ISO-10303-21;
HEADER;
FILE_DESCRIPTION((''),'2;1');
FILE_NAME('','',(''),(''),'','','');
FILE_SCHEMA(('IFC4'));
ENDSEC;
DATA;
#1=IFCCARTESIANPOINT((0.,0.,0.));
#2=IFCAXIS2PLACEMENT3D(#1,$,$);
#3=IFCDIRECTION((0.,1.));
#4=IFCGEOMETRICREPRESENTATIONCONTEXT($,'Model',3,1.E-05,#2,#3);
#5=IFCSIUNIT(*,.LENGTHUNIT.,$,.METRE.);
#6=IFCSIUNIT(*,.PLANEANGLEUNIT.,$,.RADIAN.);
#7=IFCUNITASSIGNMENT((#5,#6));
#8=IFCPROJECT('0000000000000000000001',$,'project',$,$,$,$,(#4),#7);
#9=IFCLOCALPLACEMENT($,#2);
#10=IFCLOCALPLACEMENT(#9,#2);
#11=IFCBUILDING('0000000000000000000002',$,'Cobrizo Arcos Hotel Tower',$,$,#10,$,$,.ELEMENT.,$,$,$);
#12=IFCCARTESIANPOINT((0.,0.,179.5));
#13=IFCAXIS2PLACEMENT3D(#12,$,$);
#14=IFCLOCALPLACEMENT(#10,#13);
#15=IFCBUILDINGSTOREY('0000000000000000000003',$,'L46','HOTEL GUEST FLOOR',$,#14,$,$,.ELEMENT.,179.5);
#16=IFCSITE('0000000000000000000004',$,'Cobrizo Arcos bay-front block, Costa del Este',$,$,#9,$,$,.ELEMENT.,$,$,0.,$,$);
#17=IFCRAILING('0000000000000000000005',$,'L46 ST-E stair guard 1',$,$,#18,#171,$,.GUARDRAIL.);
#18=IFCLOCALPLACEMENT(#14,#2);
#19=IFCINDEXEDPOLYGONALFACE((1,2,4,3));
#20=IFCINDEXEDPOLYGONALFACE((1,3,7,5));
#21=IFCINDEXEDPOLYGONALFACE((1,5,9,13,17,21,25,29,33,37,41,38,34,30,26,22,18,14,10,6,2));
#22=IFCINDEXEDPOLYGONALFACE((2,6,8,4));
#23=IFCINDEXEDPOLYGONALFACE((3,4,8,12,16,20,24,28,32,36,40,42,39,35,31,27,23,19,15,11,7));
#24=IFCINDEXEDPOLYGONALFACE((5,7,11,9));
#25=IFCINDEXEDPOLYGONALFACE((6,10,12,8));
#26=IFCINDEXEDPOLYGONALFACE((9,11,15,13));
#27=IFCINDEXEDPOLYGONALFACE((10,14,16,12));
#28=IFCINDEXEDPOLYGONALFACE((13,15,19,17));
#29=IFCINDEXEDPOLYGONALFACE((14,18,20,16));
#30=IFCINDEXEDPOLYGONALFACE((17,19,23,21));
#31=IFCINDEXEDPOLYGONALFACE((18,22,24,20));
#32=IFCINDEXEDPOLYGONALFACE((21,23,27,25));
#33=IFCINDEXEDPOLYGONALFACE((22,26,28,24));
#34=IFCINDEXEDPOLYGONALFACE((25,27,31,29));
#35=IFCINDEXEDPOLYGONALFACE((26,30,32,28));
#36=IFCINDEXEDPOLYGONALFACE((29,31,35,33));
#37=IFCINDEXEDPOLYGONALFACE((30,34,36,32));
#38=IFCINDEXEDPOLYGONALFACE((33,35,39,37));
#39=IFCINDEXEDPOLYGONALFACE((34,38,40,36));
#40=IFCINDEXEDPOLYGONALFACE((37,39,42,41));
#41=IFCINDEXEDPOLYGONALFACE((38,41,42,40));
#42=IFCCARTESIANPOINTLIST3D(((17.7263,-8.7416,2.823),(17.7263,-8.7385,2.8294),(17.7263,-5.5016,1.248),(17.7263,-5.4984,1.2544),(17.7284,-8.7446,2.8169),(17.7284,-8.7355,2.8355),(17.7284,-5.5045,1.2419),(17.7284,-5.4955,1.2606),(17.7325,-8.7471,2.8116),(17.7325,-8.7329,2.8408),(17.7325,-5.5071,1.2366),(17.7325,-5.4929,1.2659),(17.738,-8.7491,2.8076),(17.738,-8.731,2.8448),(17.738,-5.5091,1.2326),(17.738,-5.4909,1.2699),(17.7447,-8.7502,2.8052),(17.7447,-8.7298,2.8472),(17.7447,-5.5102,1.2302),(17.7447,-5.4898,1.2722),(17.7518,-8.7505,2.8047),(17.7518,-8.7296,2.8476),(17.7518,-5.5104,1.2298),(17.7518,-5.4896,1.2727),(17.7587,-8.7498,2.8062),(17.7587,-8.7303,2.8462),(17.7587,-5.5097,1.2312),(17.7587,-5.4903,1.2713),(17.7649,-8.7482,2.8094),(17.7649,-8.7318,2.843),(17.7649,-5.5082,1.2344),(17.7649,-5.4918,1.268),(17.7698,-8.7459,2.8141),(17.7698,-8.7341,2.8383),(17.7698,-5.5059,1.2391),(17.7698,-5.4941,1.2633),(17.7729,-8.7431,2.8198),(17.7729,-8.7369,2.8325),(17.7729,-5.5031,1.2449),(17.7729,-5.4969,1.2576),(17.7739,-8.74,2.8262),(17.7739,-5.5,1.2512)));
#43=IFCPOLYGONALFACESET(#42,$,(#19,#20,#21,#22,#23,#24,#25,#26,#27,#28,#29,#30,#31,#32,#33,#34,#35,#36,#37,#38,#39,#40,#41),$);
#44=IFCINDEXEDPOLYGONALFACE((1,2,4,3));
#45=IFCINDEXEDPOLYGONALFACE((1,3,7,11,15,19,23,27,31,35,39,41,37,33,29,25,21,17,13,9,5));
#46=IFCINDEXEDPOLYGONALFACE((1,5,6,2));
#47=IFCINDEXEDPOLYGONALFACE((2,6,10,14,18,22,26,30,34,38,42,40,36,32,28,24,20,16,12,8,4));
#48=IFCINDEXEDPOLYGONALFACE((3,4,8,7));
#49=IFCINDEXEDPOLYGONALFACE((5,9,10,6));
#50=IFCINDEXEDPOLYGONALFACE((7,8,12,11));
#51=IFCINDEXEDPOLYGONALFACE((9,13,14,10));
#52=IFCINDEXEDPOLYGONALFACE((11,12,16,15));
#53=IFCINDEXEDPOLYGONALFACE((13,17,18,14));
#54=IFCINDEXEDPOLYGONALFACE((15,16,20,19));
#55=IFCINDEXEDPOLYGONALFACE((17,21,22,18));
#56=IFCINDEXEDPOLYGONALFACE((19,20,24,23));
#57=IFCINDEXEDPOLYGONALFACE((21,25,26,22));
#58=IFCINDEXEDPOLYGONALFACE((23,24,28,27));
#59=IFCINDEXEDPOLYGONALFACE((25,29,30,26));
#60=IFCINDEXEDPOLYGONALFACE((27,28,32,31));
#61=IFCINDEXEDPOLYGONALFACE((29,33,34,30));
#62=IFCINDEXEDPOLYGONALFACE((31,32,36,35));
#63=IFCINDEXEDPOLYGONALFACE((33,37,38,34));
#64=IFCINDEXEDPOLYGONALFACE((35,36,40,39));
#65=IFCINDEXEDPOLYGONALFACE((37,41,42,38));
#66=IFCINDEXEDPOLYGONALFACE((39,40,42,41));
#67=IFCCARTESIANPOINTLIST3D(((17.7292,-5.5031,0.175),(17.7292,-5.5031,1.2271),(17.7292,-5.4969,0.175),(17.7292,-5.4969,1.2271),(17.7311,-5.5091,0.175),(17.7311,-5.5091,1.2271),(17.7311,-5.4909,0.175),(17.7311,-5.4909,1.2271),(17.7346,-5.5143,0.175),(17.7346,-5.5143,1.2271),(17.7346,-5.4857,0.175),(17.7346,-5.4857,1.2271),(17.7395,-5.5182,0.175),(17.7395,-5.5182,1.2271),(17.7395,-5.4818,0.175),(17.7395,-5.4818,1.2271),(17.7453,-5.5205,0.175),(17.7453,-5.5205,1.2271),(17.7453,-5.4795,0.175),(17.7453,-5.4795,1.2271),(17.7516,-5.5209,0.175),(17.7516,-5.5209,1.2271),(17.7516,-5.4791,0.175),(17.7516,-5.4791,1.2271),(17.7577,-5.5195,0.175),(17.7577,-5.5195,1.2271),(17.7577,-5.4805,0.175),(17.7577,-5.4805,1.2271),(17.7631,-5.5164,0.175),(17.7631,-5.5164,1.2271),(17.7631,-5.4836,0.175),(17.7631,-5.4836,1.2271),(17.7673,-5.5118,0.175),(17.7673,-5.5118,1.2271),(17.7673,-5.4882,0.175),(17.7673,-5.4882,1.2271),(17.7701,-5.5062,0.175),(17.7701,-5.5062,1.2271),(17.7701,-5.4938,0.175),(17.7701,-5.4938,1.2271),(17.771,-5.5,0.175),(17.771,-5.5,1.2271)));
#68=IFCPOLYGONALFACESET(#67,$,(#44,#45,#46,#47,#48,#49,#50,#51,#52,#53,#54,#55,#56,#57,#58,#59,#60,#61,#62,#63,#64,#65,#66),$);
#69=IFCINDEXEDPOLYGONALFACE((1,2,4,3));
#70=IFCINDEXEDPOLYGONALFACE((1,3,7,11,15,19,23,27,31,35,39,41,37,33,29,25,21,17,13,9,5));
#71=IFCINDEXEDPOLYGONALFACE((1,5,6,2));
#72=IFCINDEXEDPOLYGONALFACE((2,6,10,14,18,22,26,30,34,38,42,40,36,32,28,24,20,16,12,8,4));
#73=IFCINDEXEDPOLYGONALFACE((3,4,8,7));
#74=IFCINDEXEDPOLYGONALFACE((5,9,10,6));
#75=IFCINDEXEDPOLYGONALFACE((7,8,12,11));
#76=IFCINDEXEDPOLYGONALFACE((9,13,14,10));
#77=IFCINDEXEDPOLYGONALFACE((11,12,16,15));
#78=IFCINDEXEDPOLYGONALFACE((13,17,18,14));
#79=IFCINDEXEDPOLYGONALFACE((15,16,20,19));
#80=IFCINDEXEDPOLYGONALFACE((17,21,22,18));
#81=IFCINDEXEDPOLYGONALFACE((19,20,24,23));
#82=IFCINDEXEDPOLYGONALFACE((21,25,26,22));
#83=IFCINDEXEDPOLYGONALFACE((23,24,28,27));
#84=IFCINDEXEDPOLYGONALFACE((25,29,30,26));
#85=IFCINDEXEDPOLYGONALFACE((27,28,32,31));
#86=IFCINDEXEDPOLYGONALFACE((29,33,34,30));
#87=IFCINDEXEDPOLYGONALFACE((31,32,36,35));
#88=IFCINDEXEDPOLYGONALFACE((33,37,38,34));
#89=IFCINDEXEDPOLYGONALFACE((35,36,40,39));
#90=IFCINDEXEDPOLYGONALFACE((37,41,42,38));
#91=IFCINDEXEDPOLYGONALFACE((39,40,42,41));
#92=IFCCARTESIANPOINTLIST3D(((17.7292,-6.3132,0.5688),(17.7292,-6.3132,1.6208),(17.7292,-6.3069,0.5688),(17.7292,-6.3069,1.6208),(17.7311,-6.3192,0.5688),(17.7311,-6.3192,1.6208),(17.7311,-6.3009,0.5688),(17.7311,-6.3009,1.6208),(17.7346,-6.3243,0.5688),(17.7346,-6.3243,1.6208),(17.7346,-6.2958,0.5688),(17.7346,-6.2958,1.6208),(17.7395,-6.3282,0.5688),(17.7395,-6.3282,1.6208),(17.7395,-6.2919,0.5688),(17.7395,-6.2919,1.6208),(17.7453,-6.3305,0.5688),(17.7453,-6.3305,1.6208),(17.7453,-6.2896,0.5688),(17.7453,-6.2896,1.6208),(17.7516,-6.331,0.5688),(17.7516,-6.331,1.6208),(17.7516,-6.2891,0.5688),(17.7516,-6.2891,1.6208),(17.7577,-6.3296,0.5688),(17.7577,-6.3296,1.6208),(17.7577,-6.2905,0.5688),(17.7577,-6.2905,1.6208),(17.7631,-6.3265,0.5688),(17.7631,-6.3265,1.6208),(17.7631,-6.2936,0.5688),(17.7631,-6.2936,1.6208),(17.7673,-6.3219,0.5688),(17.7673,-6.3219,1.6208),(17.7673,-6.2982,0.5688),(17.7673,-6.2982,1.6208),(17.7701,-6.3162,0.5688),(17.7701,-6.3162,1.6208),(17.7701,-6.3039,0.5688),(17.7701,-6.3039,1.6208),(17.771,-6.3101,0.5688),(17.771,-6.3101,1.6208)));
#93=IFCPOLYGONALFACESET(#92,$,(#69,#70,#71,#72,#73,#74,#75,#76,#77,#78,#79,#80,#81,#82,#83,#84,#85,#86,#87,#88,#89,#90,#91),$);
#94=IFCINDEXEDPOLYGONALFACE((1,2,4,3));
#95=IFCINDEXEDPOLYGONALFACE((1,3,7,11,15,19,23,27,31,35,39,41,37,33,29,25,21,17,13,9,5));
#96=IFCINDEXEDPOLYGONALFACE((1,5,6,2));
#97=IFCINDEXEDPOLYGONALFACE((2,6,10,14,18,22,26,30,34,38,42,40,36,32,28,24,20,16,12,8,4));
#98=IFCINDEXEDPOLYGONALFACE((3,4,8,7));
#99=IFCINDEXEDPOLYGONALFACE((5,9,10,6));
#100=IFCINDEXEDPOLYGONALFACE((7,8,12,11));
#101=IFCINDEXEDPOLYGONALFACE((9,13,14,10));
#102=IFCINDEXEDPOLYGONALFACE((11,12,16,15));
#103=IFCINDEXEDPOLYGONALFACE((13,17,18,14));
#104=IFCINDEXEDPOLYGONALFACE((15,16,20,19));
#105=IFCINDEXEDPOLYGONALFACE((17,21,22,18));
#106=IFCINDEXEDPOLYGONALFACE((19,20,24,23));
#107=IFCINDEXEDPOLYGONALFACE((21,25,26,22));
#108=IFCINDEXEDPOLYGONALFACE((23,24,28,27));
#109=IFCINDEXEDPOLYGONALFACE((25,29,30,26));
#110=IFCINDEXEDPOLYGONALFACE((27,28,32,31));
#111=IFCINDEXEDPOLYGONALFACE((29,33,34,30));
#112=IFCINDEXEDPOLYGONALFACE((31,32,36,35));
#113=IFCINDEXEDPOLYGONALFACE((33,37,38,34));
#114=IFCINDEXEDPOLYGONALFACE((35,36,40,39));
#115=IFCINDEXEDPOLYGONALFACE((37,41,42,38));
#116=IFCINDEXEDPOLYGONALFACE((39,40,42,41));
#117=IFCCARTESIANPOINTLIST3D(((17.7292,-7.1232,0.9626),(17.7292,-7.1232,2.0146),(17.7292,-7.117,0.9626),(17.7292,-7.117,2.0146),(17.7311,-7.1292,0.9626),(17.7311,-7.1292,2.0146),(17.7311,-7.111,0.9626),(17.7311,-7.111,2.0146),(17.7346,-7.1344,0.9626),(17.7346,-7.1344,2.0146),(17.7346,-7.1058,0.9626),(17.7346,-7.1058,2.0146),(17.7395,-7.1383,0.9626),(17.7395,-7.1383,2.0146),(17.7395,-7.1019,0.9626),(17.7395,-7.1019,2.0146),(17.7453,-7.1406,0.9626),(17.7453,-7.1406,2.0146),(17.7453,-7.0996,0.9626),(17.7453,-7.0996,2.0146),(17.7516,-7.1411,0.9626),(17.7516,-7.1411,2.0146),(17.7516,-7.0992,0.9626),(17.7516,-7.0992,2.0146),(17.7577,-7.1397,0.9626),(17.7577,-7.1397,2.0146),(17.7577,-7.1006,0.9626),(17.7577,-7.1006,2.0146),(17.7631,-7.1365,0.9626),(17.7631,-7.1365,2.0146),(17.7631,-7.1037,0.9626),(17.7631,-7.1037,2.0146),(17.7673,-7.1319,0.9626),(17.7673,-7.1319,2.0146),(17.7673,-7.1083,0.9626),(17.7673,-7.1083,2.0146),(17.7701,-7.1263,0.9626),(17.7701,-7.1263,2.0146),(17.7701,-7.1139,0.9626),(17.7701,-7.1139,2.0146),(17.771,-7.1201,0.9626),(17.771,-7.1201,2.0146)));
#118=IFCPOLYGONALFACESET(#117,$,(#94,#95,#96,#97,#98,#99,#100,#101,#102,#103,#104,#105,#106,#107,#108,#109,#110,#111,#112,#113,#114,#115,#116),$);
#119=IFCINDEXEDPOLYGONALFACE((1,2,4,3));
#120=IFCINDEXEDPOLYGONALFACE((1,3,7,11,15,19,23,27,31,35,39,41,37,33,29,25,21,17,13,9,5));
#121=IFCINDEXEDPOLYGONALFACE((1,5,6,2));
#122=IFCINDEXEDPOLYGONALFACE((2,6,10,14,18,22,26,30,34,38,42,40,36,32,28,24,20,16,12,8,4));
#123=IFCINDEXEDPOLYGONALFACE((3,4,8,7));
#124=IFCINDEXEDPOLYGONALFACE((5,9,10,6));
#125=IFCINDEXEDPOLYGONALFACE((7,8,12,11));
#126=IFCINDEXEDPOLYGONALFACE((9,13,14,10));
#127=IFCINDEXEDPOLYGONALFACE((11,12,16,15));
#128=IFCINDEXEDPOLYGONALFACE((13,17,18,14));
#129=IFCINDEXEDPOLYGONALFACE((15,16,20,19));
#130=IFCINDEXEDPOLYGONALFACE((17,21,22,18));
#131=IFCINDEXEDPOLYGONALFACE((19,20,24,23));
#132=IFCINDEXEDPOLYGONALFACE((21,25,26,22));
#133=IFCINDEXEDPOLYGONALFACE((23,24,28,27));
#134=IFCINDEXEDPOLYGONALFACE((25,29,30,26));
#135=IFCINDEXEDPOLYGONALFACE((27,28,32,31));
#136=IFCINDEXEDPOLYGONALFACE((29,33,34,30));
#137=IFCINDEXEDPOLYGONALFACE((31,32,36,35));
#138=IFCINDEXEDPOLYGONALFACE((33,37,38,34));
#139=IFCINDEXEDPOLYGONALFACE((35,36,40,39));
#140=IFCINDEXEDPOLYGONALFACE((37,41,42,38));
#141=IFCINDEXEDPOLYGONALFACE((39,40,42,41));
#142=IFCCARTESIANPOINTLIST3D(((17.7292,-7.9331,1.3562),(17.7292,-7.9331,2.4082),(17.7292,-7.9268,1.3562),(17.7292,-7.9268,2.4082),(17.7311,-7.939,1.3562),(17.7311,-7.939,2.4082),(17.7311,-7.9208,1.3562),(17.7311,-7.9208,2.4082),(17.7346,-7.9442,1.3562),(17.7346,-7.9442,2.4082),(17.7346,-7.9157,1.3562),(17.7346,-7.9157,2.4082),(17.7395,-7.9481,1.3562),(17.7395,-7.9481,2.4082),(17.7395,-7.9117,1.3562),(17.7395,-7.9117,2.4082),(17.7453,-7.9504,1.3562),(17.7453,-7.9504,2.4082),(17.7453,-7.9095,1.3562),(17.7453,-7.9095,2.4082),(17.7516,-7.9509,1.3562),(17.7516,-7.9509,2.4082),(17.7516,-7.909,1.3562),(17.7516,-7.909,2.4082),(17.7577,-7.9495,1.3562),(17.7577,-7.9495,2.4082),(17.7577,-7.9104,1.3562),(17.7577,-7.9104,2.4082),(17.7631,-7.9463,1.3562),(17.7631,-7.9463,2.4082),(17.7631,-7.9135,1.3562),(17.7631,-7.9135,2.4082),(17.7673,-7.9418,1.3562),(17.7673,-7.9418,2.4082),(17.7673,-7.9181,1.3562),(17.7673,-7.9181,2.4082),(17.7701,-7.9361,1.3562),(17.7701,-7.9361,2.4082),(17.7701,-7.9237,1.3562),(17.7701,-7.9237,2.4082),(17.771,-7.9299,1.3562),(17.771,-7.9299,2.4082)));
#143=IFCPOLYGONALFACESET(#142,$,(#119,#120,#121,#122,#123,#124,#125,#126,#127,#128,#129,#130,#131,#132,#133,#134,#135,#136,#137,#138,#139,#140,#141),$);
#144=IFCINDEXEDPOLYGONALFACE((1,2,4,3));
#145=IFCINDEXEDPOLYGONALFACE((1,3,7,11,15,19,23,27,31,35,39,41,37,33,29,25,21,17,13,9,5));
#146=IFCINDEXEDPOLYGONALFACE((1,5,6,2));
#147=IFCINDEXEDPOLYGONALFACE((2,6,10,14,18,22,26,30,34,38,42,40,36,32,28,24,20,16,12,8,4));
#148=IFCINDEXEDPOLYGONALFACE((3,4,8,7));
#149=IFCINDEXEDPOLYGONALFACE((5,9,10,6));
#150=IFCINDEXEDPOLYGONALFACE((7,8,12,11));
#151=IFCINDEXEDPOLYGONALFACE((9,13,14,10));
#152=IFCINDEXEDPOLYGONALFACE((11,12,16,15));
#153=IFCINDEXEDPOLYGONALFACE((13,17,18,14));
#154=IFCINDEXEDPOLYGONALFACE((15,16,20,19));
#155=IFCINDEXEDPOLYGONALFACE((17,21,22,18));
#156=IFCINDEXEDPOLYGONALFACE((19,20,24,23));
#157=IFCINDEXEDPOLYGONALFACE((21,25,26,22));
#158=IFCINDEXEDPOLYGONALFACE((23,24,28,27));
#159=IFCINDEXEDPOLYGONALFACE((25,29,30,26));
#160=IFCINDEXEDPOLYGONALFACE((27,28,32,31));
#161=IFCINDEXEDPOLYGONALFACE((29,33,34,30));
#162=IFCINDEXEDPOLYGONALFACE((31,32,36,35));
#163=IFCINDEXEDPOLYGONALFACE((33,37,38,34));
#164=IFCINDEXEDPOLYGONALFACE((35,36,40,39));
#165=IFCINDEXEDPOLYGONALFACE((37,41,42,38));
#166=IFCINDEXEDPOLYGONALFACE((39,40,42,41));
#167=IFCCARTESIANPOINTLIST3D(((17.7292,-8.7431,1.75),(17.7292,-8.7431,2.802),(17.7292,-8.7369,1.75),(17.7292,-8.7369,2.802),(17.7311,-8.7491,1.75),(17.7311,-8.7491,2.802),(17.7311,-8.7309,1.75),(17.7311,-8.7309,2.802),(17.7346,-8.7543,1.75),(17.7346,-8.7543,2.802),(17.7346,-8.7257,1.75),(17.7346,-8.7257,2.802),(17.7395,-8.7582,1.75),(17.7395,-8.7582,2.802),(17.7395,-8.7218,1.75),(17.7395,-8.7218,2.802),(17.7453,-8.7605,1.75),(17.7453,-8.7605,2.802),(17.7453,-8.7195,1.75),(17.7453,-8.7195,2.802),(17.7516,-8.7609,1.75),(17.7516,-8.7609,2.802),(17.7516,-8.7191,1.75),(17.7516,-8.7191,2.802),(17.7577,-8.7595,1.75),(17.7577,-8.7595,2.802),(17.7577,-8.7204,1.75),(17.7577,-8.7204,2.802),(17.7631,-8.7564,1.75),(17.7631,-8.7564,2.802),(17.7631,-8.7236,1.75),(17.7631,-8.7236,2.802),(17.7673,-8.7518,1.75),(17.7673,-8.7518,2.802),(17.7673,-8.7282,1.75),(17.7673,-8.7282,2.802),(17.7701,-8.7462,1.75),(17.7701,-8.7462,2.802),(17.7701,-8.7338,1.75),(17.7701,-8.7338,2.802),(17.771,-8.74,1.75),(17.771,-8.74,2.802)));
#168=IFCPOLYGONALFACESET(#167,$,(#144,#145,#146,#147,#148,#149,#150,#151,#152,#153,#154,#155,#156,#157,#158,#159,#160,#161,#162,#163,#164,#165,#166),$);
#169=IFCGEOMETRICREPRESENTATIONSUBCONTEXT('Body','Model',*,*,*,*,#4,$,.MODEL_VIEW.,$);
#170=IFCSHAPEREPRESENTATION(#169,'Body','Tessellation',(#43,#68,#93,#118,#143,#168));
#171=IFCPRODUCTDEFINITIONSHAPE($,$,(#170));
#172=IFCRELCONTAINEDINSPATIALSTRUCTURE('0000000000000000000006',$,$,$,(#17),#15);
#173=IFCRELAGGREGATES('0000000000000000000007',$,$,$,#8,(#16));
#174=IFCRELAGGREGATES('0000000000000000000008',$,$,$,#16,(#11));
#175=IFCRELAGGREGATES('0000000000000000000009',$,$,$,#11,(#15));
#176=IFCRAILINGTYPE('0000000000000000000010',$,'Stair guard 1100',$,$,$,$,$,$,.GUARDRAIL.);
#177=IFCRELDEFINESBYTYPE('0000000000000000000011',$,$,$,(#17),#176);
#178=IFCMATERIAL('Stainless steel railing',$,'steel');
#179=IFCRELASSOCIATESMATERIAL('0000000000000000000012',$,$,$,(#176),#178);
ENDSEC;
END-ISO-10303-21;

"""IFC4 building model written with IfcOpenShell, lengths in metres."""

from ifc_helpers import new_model, si_unit, direction, frame, origin, origin_2d, place, context, subcontext, project, spatial, circle, extrude, material, type_object, element, save


model = new_model("IFC4")

# Units and contexts
model_context = context("Model", 3, precision=1e-05, world=origin(), true_north=direction((0.0, 1.0)))
body_context = subcontext(model_context, "Body", "Model", "MODEL_VIEW")
ifc_project = project(units=[si_unit("LENGTHUNIT", "METRE"), si_unit("PLANEANGLEUNIT", "RADIAN")], contexts=[model_context])

# Site, building, storey
site_placement = place(None, origin())
site = spatial("IfcSite", under=ifc_project, at=site_placement, Name="Cobrizo Arcos bay-front block, Costa del Este", CompositionType="ELEMENT", RefElevation=0.0)
building_placement = place(site_placement, origin())
building = spatial("IfcBuilding", under=site, at=building_placement, Name="Cobrizo Arcos Hotel Tower", CompositionType="ELEMENT")
storey_placement = place(building_placement, frame((0.0, 0.0, 179.5)))
storey = spatial("IfcBuildingStorey", under=building, at=storey_placement, Name="L46", Description="HOTEL GUEST FLOOR", CompositionType="ELEMENT", Elevation=179.5)

# Railing
ifc_material_1 = material(Name="Stainless steel railing", Category="steel")
railing_type_1 = type_object("IfcRailingType", Name="Stair guard 1100", PredefinedType="GUARDRAIL", material=ifc_material_1)
railing_1_placement = place(storey_placement, frame((17.75, -5.5, 0.175)))
element("IfcRailing", 1, at=railing_1_placement, inside=storey, type_object=railing_type_1, Name="L46 ST-E stair guard 1", PredefinedType="GUARDRAIL", context=body_context, shape_type="SweptSolid", body=[
    extrude(circle(Radius=0.0239, at=origin_2d()), frame((0.0, 0.0, 1.0762), z_axis=(0.0, -0.899373, 0.437183), x_axis=(1.0, 0.0, 0.0)), (0.0, 0.0, 1.0), 3.6025),
    extrude(circle(Radius=0.021, at=origin_2d()), origin(), (0.0, 0.0, 1.0), 1.052),
    extrude(circle(Radius=0.021, at=origin_2d()), frame((0.0, -0.8101, 0.3938)), (0.0, 0.0, 1.0), 1.052),
    extrude(circle(Radius=0.021, at=origin_2d()), frame((0.0, -1.6201, 0.7876)), (0.0, 0.0, 1.0), 1.052),
    extrude(circle(Radius=0.021, at=origin_2d()), frame((0.0, -2.4299, 1.1812)), (0.0, 0.0, 1.0), 1.052),
    extrude(circle(Radius=0.021, at=origin_2d()), frame((0.0, -3.24, 1.575)), (0.0, 0.0, 1.0), 1.052),
])

save(model, "model.ifc")
